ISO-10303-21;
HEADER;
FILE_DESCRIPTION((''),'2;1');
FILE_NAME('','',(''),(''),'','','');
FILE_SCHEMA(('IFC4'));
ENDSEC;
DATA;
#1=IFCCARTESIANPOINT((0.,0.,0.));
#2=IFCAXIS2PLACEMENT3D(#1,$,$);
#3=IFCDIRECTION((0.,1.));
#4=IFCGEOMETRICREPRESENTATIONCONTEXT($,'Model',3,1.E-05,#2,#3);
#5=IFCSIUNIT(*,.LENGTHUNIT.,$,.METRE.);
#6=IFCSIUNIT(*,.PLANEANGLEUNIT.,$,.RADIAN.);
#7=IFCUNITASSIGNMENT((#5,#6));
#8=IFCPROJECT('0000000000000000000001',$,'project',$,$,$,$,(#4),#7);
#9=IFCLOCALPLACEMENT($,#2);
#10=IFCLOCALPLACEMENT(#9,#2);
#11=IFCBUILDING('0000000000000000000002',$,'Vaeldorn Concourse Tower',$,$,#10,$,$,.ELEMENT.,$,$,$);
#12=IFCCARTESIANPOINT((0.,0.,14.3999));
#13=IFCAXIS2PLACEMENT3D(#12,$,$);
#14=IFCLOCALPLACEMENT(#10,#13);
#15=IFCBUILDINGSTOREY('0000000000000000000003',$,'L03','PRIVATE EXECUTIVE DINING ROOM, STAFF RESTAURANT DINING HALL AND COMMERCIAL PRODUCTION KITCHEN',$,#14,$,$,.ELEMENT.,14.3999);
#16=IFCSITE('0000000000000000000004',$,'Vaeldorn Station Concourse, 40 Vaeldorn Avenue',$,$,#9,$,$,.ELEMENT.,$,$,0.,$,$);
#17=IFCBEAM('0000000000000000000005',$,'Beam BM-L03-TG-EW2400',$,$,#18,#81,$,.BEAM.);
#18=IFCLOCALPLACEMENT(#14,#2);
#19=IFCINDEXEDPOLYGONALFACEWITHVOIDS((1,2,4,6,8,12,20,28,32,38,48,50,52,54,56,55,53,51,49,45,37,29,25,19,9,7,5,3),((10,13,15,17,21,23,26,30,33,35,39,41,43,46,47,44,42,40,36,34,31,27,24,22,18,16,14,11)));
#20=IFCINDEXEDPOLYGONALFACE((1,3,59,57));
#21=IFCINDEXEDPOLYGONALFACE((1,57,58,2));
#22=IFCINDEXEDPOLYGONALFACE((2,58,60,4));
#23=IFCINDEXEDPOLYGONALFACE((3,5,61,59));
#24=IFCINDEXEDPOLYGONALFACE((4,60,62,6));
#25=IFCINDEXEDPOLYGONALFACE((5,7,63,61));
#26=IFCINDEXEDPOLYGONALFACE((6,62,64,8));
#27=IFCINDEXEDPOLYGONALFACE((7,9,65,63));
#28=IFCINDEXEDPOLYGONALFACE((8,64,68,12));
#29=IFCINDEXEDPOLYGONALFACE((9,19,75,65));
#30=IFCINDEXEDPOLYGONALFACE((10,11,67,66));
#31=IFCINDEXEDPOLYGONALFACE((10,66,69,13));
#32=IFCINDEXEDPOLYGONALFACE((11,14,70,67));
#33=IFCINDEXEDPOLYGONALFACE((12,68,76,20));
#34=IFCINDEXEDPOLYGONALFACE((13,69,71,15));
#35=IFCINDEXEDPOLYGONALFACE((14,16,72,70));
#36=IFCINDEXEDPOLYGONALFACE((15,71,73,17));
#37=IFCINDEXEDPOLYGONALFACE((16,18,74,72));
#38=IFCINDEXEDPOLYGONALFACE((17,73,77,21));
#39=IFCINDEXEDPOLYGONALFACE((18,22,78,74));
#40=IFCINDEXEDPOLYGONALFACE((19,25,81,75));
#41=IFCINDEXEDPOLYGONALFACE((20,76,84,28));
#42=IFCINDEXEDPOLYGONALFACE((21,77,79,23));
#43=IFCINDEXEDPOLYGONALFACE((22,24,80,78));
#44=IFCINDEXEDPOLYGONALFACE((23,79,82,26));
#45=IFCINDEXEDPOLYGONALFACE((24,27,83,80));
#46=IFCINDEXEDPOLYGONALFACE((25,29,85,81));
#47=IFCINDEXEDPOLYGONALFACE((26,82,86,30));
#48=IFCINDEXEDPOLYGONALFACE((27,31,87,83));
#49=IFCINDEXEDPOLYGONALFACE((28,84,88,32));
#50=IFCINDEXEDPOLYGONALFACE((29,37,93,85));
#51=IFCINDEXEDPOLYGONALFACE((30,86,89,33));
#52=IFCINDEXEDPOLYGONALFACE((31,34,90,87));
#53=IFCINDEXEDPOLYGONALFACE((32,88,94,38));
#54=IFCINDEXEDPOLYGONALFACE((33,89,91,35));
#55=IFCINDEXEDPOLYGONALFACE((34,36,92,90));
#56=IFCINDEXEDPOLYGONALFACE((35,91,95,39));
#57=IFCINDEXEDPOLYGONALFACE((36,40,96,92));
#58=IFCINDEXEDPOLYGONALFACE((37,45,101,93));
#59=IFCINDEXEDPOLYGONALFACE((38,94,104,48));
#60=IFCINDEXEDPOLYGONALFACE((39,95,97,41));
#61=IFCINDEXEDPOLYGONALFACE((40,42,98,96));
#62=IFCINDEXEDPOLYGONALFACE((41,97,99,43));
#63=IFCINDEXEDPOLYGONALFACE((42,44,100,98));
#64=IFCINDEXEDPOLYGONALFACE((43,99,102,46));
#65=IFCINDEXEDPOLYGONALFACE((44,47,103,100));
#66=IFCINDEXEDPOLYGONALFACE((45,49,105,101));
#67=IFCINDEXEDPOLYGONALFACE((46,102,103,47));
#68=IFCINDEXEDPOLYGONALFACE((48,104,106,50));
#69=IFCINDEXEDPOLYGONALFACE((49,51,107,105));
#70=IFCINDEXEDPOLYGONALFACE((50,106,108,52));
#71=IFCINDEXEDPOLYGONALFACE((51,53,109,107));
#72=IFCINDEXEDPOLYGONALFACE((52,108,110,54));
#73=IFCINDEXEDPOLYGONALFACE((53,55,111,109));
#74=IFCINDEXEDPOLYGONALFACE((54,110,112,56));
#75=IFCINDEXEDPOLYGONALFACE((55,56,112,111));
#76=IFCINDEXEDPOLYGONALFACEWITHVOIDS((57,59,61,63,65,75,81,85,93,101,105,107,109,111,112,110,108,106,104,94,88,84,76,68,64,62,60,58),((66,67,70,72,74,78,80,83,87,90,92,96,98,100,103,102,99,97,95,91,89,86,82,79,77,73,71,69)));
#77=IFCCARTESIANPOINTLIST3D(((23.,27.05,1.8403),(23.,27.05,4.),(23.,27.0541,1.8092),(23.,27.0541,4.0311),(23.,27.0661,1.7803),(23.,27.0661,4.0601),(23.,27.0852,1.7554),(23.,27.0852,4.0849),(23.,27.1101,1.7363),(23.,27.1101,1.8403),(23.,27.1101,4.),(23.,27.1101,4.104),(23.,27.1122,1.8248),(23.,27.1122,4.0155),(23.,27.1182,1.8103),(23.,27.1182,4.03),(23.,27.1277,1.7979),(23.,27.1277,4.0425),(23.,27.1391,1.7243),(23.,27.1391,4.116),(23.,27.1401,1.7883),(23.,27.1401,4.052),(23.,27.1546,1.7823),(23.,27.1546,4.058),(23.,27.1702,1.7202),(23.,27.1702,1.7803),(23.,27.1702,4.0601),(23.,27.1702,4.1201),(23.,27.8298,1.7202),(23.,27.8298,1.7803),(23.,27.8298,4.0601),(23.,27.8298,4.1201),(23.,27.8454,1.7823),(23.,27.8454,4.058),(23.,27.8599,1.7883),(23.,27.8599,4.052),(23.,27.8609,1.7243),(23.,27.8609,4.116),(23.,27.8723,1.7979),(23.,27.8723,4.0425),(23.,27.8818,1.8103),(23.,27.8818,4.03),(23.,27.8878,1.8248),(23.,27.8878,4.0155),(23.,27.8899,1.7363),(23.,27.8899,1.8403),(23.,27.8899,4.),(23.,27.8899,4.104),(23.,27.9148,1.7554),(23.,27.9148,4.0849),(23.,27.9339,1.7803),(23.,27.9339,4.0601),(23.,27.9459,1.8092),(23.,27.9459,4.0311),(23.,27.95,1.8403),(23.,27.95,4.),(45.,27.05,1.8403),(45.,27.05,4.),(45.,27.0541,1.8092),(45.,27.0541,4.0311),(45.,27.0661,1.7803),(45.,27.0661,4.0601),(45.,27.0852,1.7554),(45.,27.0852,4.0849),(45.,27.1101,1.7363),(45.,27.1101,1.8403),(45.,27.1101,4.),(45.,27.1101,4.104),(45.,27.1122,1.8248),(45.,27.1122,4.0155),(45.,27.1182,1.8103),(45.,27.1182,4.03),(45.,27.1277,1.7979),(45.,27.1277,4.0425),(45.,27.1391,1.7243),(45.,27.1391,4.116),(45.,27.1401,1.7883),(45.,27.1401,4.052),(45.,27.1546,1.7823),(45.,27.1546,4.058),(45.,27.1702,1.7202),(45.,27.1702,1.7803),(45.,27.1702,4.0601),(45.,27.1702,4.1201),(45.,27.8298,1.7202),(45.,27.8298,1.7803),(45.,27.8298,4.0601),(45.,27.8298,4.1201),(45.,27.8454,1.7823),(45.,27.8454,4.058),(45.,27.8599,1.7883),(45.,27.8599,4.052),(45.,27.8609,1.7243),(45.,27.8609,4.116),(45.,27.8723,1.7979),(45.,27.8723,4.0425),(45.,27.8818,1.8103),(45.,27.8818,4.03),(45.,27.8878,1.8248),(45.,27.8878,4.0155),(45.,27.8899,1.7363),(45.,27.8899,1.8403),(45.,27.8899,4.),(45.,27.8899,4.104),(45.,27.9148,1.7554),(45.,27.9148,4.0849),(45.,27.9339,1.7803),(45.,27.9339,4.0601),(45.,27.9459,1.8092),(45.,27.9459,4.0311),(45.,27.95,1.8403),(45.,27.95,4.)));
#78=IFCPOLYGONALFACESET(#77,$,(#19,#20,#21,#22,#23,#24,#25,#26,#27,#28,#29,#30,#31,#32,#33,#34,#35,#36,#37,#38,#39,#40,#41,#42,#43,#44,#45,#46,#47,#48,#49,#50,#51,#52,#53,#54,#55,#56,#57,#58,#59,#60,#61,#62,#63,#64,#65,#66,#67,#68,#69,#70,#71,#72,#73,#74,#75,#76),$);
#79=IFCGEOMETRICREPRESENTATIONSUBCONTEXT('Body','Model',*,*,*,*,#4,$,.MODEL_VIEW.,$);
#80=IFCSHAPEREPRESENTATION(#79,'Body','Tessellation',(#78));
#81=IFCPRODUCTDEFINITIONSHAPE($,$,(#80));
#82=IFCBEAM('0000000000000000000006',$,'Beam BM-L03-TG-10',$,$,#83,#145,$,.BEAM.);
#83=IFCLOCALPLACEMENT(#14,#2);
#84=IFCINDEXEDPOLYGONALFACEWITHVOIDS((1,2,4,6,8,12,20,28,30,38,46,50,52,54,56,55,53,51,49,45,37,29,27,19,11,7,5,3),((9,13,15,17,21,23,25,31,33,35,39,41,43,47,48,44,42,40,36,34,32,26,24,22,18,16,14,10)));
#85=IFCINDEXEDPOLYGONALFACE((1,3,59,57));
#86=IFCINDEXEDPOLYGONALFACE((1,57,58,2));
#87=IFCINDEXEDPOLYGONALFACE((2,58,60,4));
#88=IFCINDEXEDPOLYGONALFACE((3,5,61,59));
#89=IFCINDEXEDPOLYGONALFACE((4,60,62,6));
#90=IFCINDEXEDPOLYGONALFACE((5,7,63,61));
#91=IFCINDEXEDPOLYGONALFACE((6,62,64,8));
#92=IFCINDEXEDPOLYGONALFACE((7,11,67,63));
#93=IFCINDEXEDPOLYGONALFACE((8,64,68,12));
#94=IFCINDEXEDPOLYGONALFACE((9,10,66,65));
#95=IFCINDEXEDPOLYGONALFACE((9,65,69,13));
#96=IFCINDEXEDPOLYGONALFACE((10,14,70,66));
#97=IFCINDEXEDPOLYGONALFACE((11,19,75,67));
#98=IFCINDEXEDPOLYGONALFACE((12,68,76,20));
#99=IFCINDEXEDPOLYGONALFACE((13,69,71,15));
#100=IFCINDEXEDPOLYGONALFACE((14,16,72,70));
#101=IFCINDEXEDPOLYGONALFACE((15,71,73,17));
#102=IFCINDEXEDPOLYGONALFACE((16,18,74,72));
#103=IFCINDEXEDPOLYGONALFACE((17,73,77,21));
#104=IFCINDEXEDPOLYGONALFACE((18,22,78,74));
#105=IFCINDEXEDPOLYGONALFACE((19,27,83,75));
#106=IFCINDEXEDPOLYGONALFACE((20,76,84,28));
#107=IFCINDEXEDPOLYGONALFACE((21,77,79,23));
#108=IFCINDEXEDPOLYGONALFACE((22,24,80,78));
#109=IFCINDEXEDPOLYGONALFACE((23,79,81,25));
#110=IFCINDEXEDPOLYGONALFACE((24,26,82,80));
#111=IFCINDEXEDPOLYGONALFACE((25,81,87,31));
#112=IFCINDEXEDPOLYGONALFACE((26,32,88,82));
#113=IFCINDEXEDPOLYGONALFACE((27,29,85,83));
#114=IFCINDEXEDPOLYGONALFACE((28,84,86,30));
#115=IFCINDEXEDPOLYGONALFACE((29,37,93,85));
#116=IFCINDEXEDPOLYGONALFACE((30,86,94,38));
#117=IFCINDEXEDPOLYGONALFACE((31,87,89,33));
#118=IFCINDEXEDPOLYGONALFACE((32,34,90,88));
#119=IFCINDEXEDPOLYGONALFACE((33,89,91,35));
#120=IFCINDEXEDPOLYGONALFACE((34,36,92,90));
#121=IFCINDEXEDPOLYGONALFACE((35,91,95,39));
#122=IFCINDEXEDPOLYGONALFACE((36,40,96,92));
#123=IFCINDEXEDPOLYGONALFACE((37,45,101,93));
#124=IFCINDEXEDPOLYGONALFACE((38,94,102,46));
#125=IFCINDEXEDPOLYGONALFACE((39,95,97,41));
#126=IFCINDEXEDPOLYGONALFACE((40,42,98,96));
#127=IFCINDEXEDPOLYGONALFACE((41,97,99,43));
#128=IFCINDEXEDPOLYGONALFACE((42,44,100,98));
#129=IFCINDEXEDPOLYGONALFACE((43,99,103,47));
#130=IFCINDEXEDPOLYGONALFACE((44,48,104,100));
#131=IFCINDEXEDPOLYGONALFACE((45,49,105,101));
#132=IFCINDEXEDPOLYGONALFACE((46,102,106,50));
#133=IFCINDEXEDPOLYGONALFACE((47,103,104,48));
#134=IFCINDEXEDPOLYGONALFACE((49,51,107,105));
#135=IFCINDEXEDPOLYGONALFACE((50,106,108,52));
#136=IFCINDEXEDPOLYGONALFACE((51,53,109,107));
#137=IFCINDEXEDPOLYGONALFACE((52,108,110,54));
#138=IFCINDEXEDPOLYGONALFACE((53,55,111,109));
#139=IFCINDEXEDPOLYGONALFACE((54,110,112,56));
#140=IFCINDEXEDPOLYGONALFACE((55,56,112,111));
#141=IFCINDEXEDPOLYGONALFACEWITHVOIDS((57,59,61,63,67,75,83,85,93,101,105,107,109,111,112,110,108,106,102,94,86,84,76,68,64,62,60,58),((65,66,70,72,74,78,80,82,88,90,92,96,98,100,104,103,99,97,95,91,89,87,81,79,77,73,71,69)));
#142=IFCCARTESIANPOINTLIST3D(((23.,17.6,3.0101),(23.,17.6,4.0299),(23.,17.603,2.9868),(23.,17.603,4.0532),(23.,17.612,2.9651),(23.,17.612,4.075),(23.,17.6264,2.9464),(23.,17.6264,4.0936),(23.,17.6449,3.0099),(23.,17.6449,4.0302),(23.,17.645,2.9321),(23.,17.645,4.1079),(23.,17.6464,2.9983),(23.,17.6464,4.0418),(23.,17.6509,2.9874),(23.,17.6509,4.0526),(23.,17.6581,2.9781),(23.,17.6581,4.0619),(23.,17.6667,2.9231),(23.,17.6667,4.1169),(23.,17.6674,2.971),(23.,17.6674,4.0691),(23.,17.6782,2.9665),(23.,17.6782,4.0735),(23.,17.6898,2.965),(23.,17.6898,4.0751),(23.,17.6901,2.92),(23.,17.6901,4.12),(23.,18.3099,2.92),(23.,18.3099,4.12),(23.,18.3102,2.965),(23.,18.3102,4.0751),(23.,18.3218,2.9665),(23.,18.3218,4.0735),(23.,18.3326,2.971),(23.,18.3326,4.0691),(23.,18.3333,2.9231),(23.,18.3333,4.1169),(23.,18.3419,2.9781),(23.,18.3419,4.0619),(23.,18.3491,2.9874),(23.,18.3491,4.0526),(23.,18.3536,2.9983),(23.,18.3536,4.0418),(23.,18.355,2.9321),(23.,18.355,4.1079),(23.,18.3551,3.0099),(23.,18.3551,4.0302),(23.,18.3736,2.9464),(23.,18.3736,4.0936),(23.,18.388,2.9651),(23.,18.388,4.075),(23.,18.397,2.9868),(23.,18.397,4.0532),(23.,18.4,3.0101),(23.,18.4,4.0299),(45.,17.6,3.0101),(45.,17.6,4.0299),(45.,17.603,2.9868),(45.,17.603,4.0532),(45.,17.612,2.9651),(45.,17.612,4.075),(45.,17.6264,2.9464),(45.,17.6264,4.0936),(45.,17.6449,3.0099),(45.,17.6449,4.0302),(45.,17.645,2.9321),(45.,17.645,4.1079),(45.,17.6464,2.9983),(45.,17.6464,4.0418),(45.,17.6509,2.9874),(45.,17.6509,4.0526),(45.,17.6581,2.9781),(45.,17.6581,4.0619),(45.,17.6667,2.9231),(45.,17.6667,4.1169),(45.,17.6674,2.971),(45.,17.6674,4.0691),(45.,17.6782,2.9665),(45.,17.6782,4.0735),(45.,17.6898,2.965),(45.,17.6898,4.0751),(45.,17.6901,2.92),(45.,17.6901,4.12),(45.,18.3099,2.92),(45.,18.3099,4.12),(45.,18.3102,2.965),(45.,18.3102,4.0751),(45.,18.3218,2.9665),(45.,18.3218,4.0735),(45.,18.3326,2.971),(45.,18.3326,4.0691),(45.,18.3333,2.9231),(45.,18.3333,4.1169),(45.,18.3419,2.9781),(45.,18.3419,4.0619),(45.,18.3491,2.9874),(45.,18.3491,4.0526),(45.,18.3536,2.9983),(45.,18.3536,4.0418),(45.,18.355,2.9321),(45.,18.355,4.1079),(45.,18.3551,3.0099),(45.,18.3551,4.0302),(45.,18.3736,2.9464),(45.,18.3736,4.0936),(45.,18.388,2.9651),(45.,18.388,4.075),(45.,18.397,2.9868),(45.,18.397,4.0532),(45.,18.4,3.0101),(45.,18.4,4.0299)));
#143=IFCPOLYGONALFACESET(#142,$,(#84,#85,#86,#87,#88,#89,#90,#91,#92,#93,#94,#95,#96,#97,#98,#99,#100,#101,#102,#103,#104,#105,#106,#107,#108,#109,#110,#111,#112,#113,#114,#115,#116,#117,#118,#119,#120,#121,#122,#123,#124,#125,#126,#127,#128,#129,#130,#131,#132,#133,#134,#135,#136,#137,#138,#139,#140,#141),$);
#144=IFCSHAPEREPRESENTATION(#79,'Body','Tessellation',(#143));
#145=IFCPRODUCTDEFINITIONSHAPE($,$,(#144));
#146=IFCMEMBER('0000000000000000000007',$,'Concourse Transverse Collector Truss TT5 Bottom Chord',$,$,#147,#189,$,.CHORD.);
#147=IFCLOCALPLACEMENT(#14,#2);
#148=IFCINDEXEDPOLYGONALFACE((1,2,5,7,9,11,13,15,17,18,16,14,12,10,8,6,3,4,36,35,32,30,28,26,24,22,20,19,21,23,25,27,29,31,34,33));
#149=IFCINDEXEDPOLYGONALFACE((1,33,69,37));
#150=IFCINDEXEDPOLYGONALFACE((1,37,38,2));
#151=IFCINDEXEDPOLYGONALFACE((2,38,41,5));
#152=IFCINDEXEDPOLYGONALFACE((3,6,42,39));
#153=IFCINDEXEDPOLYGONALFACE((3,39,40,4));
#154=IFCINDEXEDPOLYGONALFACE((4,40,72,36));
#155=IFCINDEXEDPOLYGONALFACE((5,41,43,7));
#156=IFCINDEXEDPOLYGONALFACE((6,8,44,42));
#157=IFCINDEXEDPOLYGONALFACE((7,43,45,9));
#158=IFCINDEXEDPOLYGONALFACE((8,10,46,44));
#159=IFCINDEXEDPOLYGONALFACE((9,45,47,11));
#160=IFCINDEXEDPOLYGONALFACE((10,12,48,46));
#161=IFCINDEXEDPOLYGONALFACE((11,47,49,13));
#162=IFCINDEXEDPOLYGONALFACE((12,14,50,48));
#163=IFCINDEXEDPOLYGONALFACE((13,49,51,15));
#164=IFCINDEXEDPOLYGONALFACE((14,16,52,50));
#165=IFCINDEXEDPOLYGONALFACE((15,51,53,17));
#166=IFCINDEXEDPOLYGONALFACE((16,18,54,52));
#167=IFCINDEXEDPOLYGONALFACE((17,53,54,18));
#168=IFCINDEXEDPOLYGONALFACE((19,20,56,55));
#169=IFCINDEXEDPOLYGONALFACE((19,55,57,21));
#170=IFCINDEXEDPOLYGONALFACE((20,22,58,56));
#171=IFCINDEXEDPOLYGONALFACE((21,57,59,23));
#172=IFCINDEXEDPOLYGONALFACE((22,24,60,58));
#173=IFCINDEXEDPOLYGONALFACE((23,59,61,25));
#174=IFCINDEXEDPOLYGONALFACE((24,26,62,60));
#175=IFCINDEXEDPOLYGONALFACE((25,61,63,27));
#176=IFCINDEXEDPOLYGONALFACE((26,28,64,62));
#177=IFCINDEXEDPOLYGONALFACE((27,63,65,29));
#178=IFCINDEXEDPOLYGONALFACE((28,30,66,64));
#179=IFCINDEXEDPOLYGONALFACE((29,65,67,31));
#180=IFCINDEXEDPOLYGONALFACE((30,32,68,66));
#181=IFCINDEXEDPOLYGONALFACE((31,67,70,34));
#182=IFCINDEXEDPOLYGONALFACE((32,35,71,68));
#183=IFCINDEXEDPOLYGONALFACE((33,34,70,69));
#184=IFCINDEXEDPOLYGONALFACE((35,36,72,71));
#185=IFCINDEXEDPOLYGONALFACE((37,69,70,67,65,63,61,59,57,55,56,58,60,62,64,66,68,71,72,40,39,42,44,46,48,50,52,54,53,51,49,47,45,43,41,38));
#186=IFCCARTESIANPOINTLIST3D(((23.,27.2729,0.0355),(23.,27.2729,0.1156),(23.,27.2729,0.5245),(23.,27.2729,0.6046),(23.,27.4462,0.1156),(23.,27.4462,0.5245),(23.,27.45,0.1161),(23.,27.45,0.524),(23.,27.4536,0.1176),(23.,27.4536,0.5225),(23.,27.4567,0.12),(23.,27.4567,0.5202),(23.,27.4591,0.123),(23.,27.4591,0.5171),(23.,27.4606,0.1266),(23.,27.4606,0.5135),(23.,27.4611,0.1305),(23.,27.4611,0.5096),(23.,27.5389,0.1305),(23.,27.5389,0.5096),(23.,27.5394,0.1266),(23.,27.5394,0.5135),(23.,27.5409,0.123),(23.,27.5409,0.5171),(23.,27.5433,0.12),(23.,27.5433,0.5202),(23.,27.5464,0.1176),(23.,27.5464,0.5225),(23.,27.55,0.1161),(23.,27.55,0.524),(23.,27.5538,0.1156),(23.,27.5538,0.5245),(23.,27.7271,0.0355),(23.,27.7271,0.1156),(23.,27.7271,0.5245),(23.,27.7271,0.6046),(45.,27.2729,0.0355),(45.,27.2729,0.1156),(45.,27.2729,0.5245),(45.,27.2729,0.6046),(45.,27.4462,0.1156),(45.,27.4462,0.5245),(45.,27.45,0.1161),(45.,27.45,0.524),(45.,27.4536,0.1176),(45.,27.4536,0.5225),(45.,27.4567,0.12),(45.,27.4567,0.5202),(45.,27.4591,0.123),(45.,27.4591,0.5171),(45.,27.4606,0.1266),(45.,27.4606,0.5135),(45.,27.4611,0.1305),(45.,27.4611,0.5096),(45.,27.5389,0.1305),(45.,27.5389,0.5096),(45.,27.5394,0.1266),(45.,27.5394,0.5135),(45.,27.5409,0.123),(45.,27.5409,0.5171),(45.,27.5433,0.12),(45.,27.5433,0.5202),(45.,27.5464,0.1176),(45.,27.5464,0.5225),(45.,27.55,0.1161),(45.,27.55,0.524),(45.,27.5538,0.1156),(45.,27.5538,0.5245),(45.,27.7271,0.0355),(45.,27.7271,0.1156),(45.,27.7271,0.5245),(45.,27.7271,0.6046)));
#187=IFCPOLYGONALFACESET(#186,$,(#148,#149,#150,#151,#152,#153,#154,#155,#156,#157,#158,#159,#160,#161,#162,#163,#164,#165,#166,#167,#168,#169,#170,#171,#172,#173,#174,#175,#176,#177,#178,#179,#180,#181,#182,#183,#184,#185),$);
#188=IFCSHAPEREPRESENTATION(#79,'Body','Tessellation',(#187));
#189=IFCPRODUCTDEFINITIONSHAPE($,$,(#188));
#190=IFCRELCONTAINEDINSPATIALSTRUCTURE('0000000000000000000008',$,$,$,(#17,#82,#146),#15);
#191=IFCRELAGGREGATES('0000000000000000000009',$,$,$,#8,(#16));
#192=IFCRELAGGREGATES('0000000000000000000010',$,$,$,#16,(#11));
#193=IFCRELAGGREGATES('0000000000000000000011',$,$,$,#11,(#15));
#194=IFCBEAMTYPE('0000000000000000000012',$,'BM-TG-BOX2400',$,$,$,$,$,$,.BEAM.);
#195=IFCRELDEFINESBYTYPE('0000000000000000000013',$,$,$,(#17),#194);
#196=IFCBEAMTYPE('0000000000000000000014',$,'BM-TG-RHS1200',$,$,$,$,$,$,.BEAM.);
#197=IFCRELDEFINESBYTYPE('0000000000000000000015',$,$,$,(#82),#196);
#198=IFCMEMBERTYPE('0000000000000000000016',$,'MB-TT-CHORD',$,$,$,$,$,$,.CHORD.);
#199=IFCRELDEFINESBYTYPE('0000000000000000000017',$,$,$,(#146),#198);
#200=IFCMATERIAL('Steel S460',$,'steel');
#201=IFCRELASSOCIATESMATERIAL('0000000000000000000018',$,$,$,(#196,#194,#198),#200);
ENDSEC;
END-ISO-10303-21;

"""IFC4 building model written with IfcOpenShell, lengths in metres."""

from ifc_helpers import new_model, si_unit, direction, frame, origin, origin_2d, place, context, subcontext, project, spatial, hollow_rectangle, i_section, extrude, source, transform, mapped, material, material_profile, profile_set, type_object, element, save


model = new_model("IFC4")

# Units and contexts
model_context = context("Model", 3, precision=1e-05, world=origin(), true_north=direction((0.0, 1.0)))
body_context = subcontext(model_context, "Body", "Model", "MODEL_VIEW")
ifc_project = project(units=[si_unit("LENGTHUNIT", "METRE"), si_unit("PLANEANGLEUNIT", "RADIAN")], contexts=[model_context])

# Site, building, storey
site_placement = place(None, origin())
site = spatial("IfcSite", under=ifc_project, at=site_placement, Name="Vaeldorn Station Concourse, 40 Vaeldorn Avenue", CompositionType="ELEMENT", RefElevation=0.0)
building_placement = place(site_placement, origin())
building = spatial("IfcBuilding", under=site, at=building_placement, Name="Vaeldorn Concourse Tower", CompositionType="ELEMENT")
storey_placement = place(building_placement, frame((0.0, 0.0, 14.3999)))
storey = spatial("IfcBuildingStorey", under=building, at=storey_placement, Name="L03", Description="PRIVATE EXECUTIVE DINING ROOM, STAFF RESTAURANT DINING HALL AND COMMERCIAL PRODUCTION KITCHEN", CompositionType="ELEMENT", Elevation=14.3999)

# Shared definitions
ifc_material = material(Name="Steel S460", Category="steel")

# Beams
ifc_material_profile_1 = material_profile(ifc_material, hollow_rectangle(XDim=0.8, YDim=1.2, WallThickness=0.0449, InnerFilletRadius=0.0449, OuterFilletRadius=0.0901, at=origin_2d()), Name="RHS 1200x800x45")
ifc_profile_set_1 = profile_set([ifc_material_profile_1], Name="Steel S460")
beam_type_1 = type_object("IfcBeamType", Name="BM-TG-RHS1200", PredefinedType="BEAM", material=ifc_profile_set_1)
ifc_material_profile_2 = material_profile(ifc_material, hollow_rectangle(XDim=0.8999, YDim=2.3999, WallThickness=0.0601, InnerFilletRadius=0.0601, OuterFilletRadius=0.1201, at=origin_2d()), Name="RHS 2400x900x60")
ifc_profile_set_2 = profile_set([ifc_material_profile_2], Name="Steel S460")
beam_type_2 = type_object("IfcBeamType", Name="BM-TG-BOX2400", PredefinedType="BEAM", material=ifc_profile_set_2)
shared_shape_1 = source(origin(), body_context, "Body", "SweptSolid", [
    extrude(hollow_rectangle(XDim=0.8999, YDim=2.3999, WallThickness=0.0601, InnerFilletRadius=0.0601, OuterFilletRadius=0.1201, at=origin_2d()), origin(), (0.0, 0.0, 1.0), 22.0),
])
beam_1_placement = place(storey_placement, frame((23.0, 27.5, 2.9202), z_axis=(1.0, 0.0, 0.0), x_axis=(0.0, 1.0, 0.0)))
element("IfcBeam", 1, at=beam_1_placement, inside=storey, type_object=beam_type_2, Name="Beam BM-L03-TG-EW2400", PredefinedType="BEAM", context=body_context, shape_type="MappedRepresentation", body=[
    mapped(shared_shape_1, transform((0.0, 0.0, 0.0), scale=1.0)),
])
shared_shape_2 = source(origin(), body_context, "Body", "SweptSolid", [
    extrude(hollow_rectangle(XDim=0.8, YDim=1.2, WallThickness=0.0449, InnerFilletRadius=0.0449, OuterFilletRadius=0.0901, at=origin_2d()), origin(), (0.0, 0.0, 1.0), 22.0),
])
beam_2_placement = place(storey_placement, frame((23.0, 18.0, 3.52), z_axis=(1.0, 0.0, 0.0), x_axis=(0.0, 1.0, 0.0)))
element("IfcBeam", 2, at=beam_2_placement, inside=storey, type_object=beam_type_1, Name="Beam BM-L03-TG-10", PredefinedType="BEAM", context=body_context, shape_type="MappedRepresentation", body=[
    mapped(shared_shape_2, transform((0.0, 0.0, 0.0), scale=1.0)),
])

# Member
ifc_material_profile_3 = material_profile(ifc_material, i_section(OverallWidth=0.4541, OverallDepth=0.5691, WebThickness=0.0779, FlangeThickness=0.0801, FilletRadius=0.0149, at=origin_2d()), Name="HD 400x1086")
ifc_profile_set_3 = profile_set([ifc_material_profile_3], Name="Steel S460")
member_type_1 = type_object("IfcMemberType", Name="MB-TT-CHORD", PredefinedType="CHORD", material=ifc_profile_set_3)
shared_shape_3 = source(origin(), body_context, "Body", "SweptSolid", [
    extrude(i_section(OverallWidth=0.4541, OverallDepth=0.5691, WebThickness=0.0779, FlangeThickness=0.0801, FilletRadius=0.0149, at=origin_2d()), origin(), (0.0, 0.0, 1.0), 22.0),
])
member_1_placement = place(storey_placement, frame((23.0, 27.5, 0.3201), z_axis=(1.0, 0.0, 0.0), x_axis=(0.0, 1.0, 0.0)))
element("IfcMember", 3, at=member_1_placement, inside=storey, type_object=member_type_1, Name="Concourse Transverse Collector Truss TT5 Bottom Chord", PredefinedType="CHORD", context=body_context, shape_type="MappedRepresentation", body=[
    mapped(shared_shape_3, transform((0.0, 0.0, 0.0), scale=1.0)),
])

save(model, "model.ifc")
